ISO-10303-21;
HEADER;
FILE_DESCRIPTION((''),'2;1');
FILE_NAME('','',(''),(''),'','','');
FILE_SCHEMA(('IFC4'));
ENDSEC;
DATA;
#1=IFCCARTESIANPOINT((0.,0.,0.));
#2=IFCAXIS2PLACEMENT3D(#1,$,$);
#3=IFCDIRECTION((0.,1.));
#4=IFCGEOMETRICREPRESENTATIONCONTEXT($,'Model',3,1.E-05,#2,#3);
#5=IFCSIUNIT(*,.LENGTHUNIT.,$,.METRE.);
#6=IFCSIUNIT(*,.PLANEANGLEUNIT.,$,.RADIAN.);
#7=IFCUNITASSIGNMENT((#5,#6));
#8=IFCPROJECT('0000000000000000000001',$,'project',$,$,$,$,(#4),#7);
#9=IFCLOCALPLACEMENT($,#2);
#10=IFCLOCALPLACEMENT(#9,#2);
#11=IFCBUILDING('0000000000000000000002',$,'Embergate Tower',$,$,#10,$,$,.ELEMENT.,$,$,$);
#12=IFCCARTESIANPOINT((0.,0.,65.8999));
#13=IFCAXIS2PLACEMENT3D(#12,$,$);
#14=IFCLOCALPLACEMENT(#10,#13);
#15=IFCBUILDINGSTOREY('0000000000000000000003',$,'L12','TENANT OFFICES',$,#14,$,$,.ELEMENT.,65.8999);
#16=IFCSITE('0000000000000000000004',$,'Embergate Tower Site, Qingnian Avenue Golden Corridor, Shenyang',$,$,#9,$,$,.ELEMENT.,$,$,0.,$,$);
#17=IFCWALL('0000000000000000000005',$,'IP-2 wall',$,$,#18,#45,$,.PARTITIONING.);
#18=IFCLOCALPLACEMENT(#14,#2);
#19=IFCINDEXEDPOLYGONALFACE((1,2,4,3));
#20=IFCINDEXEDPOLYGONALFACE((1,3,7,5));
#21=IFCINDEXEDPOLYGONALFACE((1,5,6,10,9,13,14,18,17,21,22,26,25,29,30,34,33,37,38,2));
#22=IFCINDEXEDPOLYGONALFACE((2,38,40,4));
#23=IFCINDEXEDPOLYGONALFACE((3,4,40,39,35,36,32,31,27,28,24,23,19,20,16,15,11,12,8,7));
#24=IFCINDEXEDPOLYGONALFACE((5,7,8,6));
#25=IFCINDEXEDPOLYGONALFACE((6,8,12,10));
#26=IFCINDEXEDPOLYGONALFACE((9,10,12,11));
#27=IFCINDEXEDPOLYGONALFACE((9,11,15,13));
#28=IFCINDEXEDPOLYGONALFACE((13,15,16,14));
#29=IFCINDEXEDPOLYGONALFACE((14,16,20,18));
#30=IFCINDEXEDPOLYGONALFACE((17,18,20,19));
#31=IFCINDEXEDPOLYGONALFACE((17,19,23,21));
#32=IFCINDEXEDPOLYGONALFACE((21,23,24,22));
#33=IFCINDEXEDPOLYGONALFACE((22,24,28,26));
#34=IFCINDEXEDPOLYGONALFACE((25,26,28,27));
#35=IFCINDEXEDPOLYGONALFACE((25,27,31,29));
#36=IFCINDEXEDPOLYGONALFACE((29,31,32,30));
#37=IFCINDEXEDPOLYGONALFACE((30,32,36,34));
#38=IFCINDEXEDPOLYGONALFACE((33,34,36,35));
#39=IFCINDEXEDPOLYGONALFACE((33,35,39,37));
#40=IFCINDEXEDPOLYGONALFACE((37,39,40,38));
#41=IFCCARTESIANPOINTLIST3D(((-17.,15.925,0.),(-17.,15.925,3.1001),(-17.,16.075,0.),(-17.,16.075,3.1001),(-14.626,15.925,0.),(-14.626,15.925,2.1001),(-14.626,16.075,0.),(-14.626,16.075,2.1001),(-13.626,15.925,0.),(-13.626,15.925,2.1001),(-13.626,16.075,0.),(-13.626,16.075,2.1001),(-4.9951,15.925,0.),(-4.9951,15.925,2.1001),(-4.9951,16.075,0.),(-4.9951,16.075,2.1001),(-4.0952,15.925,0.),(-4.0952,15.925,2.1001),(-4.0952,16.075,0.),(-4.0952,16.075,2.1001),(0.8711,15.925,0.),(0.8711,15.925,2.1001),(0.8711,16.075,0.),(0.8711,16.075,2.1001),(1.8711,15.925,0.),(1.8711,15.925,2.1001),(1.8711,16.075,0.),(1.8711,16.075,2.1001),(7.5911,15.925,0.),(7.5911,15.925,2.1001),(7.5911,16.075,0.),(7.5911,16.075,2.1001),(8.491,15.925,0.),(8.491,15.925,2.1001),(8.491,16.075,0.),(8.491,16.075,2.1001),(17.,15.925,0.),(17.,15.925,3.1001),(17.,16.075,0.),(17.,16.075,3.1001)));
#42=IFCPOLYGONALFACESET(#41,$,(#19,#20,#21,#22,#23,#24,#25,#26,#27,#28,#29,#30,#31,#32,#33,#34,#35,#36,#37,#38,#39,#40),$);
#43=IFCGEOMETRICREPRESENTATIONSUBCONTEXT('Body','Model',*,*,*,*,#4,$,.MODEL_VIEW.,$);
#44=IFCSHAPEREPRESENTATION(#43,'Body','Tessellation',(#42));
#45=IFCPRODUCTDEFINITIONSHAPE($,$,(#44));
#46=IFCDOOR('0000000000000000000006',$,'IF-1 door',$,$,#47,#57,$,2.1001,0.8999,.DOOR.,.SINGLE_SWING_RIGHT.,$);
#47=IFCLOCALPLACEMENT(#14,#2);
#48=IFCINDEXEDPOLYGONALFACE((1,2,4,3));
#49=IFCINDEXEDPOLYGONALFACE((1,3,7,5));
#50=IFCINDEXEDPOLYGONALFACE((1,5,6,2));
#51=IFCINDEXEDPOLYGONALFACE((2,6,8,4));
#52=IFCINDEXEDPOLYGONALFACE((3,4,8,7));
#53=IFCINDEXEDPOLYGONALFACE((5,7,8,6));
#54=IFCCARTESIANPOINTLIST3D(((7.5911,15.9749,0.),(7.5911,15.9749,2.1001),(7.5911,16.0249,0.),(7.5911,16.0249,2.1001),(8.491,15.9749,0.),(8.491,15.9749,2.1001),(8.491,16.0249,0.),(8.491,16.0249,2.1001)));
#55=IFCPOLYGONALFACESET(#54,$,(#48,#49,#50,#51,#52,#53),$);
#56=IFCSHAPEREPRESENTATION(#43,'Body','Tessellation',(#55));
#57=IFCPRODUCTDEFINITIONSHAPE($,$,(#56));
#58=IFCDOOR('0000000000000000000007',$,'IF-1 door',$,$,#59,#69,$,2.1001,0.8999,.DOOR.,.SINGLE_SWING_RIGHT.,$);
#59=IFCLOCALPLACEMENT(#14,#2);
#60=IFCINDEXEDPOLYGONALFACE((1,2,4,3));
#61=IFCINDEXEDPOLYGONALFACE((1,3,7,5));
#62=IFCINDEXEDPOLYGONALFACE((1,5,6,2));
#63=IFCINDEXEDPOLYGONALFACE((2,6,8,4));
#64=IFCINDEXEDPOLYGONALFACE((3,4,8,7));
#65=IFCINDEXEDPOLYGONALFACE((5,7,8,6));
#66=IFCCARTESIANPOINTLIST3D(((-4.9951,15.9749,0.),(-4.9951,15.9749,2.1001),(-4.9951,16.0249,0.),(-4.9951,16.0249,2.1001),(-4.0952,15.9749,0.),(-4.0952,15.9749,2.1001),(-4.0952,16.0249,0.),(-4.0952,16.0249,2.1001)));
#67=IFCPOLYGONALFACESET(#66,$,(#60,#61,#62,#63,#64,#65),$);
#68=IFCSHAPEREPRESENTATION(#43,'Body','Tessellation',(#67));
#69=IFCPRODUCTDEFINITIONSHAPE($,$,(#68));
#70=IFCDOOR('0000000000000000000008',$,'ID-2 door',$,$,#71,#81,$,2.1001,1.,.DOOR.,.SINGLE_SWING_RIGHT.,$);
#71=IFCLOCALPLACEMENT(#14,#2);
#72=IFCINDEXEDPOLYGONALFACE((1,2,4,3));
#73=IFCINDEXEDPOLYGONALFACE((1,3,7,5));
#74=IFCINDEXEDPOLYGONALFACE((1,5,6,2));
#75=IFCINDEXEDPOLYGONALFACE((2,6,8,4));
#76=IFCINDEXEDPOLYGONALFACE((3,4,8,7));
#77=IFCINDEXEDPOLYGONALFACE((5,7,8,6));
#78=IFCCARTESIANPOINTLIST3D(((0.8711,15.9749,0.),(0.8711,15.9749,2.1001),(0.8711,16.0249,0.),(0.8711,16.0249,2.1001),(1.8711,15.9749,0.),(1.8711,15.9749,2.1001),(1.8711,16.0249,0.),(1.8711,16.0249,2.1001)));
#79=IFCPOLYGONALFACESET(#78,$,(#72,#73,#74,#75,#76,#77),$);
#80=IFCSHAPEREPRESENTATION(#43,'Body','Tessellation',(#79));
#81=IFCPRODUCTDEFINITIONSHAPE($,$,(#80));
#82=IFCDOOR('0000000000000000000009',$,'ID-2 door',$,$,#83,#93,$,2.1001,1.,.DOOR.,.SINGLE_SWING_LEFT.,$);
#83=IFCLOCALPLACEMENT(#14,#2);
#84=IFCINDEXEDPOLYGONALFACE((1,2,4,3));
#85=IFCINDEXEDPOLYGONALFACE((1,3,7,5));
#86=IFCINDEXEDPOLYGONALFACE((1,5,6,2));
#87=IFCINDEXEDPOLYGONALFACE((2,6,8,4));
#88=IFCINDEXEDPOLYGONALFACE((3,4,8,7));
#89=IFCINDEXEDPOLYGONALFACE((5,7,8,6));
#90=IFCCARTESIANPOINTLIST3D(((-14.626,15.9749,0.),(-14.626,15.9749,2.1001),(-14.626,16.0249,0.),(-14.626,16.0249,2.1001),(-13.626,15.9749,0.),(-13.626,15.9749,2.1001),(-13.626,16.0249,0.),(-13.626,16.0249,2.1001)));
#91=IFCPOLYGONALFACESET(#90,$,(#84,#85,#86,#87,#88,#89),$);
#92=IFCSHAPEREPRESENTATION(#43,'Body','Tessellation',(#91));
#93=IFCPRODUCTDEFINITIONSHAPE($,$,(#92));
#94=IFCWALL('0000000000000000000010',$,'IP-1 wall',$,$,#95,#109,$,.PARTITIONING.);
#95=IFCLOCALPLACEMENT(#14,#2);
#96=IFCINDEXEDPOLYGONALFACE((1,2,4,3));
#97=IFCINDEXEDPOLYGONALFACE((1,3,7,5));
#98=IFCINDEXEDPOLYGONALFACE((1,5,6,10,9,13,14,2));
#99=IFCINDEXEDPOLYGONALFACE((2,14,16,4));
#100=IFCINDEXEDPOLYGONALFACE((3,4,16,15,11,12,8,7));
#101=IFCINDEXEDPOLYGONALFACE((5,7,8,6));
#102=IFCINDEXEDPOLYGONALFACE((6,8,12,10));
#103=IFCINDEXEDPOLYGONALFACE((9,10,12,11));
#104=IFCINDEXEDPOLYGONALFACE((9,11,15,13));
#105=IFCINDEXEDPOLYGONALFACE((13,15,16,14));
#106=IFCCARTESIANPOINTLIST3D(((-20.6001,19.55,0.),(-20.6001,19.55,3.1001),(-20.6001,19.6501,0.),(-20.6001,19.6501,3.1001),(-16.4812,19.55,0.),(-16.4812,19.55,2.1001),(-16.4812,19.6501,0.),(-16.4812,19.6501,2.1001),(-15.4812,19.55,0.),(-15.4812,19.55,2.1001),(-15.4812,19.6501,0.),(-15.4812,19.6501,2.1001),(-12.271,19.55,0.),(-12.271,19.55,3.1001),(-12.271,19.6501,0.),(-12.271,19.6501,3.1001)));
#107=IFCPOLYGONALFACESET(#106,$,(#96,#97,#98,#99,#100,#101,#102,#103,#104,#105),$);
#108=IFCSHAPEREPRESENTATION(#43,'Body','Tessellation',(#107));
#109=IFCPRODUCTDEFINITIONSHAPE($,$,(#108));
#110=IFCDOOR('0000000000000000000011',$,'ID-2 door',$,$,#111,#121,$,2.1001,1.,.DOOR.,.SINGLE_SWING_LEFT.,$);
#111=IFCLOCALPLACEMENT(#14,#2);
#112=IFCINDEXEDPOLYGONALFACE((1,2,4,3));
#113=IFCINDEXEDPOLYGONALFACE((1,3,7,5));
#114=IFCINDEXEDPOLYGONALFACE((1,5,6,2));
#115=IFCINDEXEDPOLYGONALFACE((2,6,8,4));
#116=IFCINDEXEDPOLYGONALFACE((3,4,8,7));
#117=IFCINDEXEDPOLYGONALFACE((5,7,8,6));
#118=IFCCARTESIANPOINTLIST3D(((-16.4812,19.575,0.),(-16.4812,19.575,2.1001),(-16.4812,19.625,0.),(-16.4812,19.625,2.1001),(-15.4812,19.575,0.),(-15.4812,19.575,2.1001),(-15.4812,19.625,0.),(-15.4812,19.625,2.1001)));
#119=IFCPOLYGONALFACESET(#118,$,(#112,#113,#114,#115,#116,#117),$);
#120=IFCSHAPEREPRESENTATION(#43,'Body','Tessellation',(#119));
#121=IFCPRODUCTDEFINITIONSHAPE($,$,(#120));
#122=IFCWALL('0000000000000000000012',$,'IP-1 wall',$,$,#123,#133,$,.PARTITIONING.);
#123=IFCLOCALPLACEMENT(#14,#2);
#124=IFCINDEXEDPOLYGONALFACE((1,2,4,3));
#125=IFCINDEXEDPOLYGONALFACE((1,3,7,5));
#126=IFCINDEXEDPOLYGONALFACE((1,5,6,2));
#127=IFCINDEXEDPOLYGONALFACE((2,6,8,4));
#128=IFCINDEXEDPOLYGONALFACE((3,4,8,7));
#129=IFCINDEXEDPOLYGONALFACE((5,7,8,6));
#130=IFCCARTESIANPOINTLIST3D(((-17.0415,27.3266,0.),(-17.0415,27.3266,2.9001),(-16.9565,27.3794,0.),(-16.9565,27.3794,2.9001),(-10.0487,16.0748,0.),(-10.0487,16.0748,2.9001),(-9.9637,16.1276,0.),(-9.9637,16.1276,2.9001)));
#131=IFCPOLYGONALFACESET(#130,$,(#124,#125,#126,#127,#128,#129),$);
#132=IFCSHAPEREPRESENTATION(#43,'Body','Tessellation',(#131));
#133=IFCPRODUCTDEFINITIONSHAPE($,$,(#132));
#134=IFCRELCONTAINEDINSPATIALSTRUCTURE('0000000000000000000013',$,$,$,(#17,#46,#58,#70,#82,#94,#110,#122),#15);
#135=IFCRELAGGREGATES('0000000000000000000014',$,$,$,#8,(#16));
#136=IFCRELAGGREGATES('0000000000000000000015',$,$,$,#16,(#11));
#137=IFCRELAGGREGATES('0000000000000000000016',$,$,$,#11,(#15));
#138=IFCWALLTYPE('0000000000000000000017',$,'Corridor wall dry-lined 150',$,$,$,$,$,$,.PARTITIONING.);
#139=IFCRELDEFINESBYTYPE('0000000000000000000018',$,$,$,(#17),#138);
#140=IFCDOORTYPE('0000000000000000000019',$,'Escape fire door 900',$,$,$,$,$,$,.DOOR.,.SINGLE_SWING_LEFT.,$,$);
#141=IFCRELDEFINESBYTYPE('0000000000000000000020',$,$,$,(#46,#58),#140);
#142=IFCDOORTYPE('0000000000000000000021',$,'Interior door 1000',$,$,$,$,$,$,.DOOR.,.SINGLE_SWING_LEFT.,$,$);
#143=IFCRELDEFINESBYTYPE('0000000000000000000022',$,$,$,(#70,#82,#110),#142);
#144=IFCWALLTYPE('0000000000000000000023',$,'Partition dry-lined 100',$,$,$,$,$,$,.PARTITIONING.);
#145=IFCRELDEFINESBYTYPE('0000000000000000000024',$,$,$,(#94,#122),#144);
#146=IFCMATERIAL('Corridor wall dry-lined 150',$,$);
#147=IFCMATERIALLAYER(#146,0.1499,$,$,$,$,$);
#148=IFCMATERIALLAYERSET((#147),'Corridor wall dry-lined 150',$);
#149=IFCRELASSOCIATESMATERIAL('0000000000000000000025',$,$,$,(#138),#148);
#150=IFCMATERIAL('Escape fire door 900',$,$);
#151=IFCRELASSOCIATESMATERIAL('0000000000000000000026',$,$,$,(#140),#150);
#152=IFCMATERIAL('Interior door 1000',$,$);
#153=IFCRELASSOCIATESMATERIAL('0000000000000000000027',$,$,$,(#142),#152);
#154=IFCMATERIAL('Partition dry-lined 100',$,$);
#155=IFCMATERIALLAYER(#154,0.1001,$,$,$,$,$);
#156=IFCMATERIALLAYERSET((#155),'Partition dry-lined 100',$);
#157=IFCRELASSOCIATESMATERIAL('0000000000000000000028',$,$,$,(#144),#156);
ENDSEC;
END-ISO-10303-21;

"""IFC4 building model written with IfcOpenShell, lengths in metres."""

from ifc_helpers import new_model, si_unit, direction, frame, frame_2d, origin, place, context, subcontext, project, spatial, rectangle, extrude, source, transform, mapped, material, layer, layer_set, type_object, element, fill, save


model = new_model("IFC4")

# Units and contexts
model_context = context("Model", 3, precision=1e-05, world=origin(), true_north=direction((0.0, 1.0)))
body_context = subcontext(model_context, "Body", "Model", "MODEL_VIEW")
ifc_project = project(units=[si_unit("LENGTHUNIT", "METRE"), si_unit("PLANEANGLEUNIT", "RADIAN")], contexts=[model_context])

# Site, building, storey
site_placement = place(None, origin())
site = spatial("IfcSite", under=ifc_project, at=site_placement, Name="Embergate Tower Site, Qingnian Avenue Golden Corridor, Shenyang", CompositionType="ELEMENT", RefElevation=0.0)
building_placement = place(site_placement, origin())
building = spatial("IfcBuilding", under=site, at=building_placement, Name="Embergate Tower", CompositionType="ELEMENT")
storey_placement = place(building_placement, frame((0.0, 0.0, 65.8999)))
storey = spatial("IfcBuildingStorey", under=building, at=storey_placement, Name="L12", Description="TENANT OFFICES", CompositionType="ELEMENT", Elevation=65.8999)

# Wall, openings, doors
ifc_material_1 = material(Name="Corridor wall dry-lined 150")
ifc_layer_1 = layer(ifc_material_1, 0.1499)
ifc_layer_set_1 = layer_set([ifc_layer_1], Name="Corridor wall dry-lined 150")
wall_type_1 = type_object("IfcWallType", Name="Corridor wall dry-lined 150", PredefinedType="PARTITIONING", material=ifc_layer_set_1)
shared_shape_1 = source(origin(), body_context, "Body", "SweptSolid", [
    extrude(rectangle(XDim=34.0, YDim=0.1499, at=frame_2d((17.0, 0.0))), origin(), (0.0, 0.0, 1.0), 3.1001),
])
wall_1_placement = place(storey_placement, frame((-17.0, 16.0, 0.0), z_axis=(0.0, 0.0, 1.0), x_axis=(1.0, 0.0, 0.0)))
wall_1 = element("IfcWall", 1, at=wall_1_placement, inside=storey, type_object=wall_type_1, Name="IP-2 wall", PredefinedType="PARTITIONING", context=body_context, shape_type="MappedRepresentation", body=[
    mapped(shared_shape_1, transform((0.0, 0.0, 0.0))),
])
shared_shape_2 = source(origin(), body_context, "Body", "SweptSolid", [
    extrude(rectangle(XDim=0.8999, YDim=2.1001, at=frame_2d((0.45, 1.05))), frame((0.0, 0.085, 0.0), z_axis=(0.0, -1.0, 0.0), x_axis=(1.0, 0.0, 0.0)), (0.0, 0.0, 1.0), 0.1699),
])
opening_1_placement = place(wall_1_placement, frame((24.5911, 0.0, 0.0)))
opening_1 = element("IfcOpeningElement", 2, at=opening_1_placement, cuts=wall_1, PredefinedType="OPENING", context=body_context, shape_type="MappedRepresentation", body=[
    mapped(shared_shape_2, transform((0.0, 0.0, 0.0))),
])
shared_shape_3 = source(origin(), body_context, "Body", "SweptSolid", [
    extrude(rectangle(XDim=1.0, YDim=2.1001, at=frame_2d((0.5, 1.05))), frame((0.0, 0.085, 0.0), z_axis=(0.0, -1.0, 0.0), x_axis=(1.0, 0.0, 0.0)), (0.0, 0.0, 1.0), 0.1699),
])
opening_2_placement = place(wall_1_placement, frame((17.8711, 0.0, 0.0)))
opening_2 = element("IfcOpeningElement", 3, at=opening_2_placement, cuts=wall_1, PredefinedType="OPENING", context=body_context, shape_type="MappedRepresentation", body=[
    mapped(shared_shape_3, transform((0.0, 0.0, 0.0))),
])
opening_3_placement = place(wall_1_placement, frame((12.0049, 0.0, 0.0)))
opening_3 = element("IfcOpeningElement", 4, at=opening_3_placement, cuts=wall_1, PredefinedType="OPENING", context=body_context, shape_type="MappedRepresentation", body=[
    mapped(shared_shape_2, transform((0.0, 0.0, 0.0))),
])
opening_4_placement = place(wall_1_placement, frame((2.374, 0.0, 0.0)))
opening_4 = element("IfcOpeningElement", 5, at=opening_4_placement, cuts=wall_1, PredefinedType="OPENING", context=body_context, shape_type="MappedRepresentation", body=[
    mapped(shared_shape_3, transform((0.0, 0.0, 0.0))),
])
ifc_material_2 = material(Name="Escape fire door 900")
door_type_1 = type_object("IfcDoorType", Name="Escape fire door 900", OperationType="SINGLE_SWING_LEFT", PredefinedType="DOOR", material=ifc_material_2)
shared_shape_4 = source(origin(), body_context, "Body", "SweptSolid", [
    extrude(rectangle(XDim=0.8999, YDim=2.1001, at=frame_2d((0.45, 1.05))), frame((0.0, 0.0249, 0.0), z_axis=(0.0, -1.0, 0.0), x_axis=(1.0, 0.0, 0.0)), (0.0, 0.0, 1.0), 0.05),
])
door_1_placement = place(opening_1_placement, origin())
door_1 = element("IfcDoor", 6, at=door_1_placement, inside=storey, type_object=door_type_1, Name="IF-1 door", OperationType="SINGLE_SWING_RIGHT", OverallHeight=2.1001, OverallWidth=0.8999, PredefinedType="DOOR", context=body_context, shape_type="MappedRepresentation", body=[
    mapped(shared_shape_4, transform((0.0, 0.0, 0.0))),
])
fill(opening_1, door_1)
door_2_placement = place(opening_3_placement, origin())
door_2 = element("IfcDoor", 7, at=door_2_placement, inside=storey, type_object=door_type_1, Name="IF-1 door", OperationType="SINGLE_SWING_RIGHT", OverallHeight=2.1001, OverallWidth=0.8999, PredefinedType="DOOR", context=body_context, shape_type="MappedRepresentation", body=[
    mapped(shared_shape_4, transform((0.0, 0.0, 0.0))),
])
fill(opening_3, door_2)
ifc_material_3 = material(Name="Interior door 1000")
door_type_2 = type_object("IfcDoorType", Name="Interior door 1000", OperationType="SINGLE_SWING_LEFT", PredefinedType="DOOR", material=ifc_material_3)
shared_shape_5 = source(origin(), body_context, "Body", "SweptSolid", [
    extrude(rectangle(XDim=1.0, YDim=2.1001, at=frame_2d((0.5, 1.05))), frame((0.0, 0.0249, 0.0), z_axis=(0.0, -1.0, 0.0), x_axis=(1.0, 0.0, 0.0)), (0.0, 0.0, 1.0), 0.05),
])
door_3_placement = place(opening_2_placement, origin())
door_3 = element("IfcDoor", 8, at=door_3_placement, inside=storey, type_object=door_type_2, Name="ID-2 door", OperationType="SINGLE_SWING_RIGHT", OverallHeight=2.1001, OverallWidth=1.0, PredefinedType="DOOR", context=body_context, shape_type="MappedRepresentation", body=[
    mapped(shared_shape_5, transform((0.0, 0.0, 0.0))),
])
fill(opening_2, door_3)
door_4_placement = place(opening_4_placement, origin())
door_4 = element("IfcDoor", 9, at=door_4_placement, inside=storey, type_object=door_type_2, Name="ID-2 door", OperationType="SINGLE_SWING_LEFT", OverallHeight=2.1001, OverallWidth=1.0, PredefinedType="DOOR", context=body_context, shape_type="MappedRepresentation", body=[
    mapped(shared_shape_5, transform((0.0, 0.0, 0.0))),
])
fill(opening_4, door_4)

# Wall, opening, door
ifc_material_4 = material(Name="Partition dry-lined 100")
ifc_layer_2 = layer(ifc_material_4, 0.1001)
ifc_layer_set_2 = layer_set([ifc_layer_2], Name="Partition dry-lined 100")
wall_type_2 = type_object("IfcWallType", Name="Partition dry-lined 100", PredefinedType="PARTITIONING", material=ifc_layer_set_2)
shared_shape_6 = source(origin(), body_context, "Body", "SweptSolid", [
    extrude(rectangle(XDim=8.3291, YDim=0.1001, at=frame_2d((4.1646, 0.0))), origin(), (0.0, 0.0, 1.0), 3.1001),
])
wall_2_placement = place(storey_placement, frame((-20.6001, 19.6001, 0.0), z_axis=(0.0, 0.0, 1.0), x_axis=(1.0, 0.0, 0.0)))
wall_2 = element("IfcWall", 10, at=wall_2_placement, inside=storey, type_object=wall_type_2, Name="IP-1 wall", PredefinedType="PARTITIONING", context=body_context, shape_type="MappedRepresentation", body=[
    mapped(shared_shape_6, transform((0.0, 0.0, 0.0))),
])
shared_shape_7 = source(origin(), body_context, "Body", "SweptSolid", [
    extrude(rectangle(XDim=1.0, YDim=2.1001, at=frame_2d((0.5, 1.05))), frame((0.0, 0.0601, 0.0), z_axis=(0.0, -1.0, 0.0), x_axis=(1.0, 0.0, 0.0)), (0.0, 0.0, 1.0), 0.1201),
])
opening_5_placement = place(wall_2_placement, frame((4.1189, 0.0, 0.0)))
opening_5 = element("IfcOpeningElement", 11, at=opening_5_placement, cuts=wall_2, PredefinedType="OPENING", context=body_context, shape_type="MappedRepresentation", body=[
    mapped(shared_shape_7, transform((0.0, 0.0, 0.0))),
])
door_5_placement = place(opening_5_placement, origin())
door_5 = element("IfcDoor", 12, at=door_5_placement, inside=storey, type_object=door_type_2, Name="ID-2 door", OperationType="SINGLE_SWING_LEFT", OverallHeight=2.1001, OverallWidth=1.0, PredefinedType="DOOR", context=body_context, shape_type="MappedRepresentation", body=[
    mapped(shared_shape_5, transform((0.0, 0.0, 0.0))),
])
fill(opening_5, door_5)

# Wall
shared_shape_8 = source(origin(), body_context, "Body", "SweptSolid", [
    extrude(rectangle(XDim=13.2478, YDim=0.1001, at=frame_2d((6.624, 0.0))), origin(), (0.0, 0.0, 1.0), 2.9001),
])
wall_3_placement = place(storey_placement, frame((-10.0061, 16.1011, 0.0), z_axis=(0.0, 0.0, 1.0), x_axis=(-0.52785, 0.849337, 0.0)))
element("IfcWall", 13, at=wall_3_placement, inside=storey, type_object=wall_type_2, Name="IP-1 wall", PredefinedType="PARTITIONING", context=body_context, shape_type="MappedRepresentation", body=[
    mapped(shared_shape_8, transform((0.0, 0.0, 0.0))),
])

save(model, "model.ifc")
